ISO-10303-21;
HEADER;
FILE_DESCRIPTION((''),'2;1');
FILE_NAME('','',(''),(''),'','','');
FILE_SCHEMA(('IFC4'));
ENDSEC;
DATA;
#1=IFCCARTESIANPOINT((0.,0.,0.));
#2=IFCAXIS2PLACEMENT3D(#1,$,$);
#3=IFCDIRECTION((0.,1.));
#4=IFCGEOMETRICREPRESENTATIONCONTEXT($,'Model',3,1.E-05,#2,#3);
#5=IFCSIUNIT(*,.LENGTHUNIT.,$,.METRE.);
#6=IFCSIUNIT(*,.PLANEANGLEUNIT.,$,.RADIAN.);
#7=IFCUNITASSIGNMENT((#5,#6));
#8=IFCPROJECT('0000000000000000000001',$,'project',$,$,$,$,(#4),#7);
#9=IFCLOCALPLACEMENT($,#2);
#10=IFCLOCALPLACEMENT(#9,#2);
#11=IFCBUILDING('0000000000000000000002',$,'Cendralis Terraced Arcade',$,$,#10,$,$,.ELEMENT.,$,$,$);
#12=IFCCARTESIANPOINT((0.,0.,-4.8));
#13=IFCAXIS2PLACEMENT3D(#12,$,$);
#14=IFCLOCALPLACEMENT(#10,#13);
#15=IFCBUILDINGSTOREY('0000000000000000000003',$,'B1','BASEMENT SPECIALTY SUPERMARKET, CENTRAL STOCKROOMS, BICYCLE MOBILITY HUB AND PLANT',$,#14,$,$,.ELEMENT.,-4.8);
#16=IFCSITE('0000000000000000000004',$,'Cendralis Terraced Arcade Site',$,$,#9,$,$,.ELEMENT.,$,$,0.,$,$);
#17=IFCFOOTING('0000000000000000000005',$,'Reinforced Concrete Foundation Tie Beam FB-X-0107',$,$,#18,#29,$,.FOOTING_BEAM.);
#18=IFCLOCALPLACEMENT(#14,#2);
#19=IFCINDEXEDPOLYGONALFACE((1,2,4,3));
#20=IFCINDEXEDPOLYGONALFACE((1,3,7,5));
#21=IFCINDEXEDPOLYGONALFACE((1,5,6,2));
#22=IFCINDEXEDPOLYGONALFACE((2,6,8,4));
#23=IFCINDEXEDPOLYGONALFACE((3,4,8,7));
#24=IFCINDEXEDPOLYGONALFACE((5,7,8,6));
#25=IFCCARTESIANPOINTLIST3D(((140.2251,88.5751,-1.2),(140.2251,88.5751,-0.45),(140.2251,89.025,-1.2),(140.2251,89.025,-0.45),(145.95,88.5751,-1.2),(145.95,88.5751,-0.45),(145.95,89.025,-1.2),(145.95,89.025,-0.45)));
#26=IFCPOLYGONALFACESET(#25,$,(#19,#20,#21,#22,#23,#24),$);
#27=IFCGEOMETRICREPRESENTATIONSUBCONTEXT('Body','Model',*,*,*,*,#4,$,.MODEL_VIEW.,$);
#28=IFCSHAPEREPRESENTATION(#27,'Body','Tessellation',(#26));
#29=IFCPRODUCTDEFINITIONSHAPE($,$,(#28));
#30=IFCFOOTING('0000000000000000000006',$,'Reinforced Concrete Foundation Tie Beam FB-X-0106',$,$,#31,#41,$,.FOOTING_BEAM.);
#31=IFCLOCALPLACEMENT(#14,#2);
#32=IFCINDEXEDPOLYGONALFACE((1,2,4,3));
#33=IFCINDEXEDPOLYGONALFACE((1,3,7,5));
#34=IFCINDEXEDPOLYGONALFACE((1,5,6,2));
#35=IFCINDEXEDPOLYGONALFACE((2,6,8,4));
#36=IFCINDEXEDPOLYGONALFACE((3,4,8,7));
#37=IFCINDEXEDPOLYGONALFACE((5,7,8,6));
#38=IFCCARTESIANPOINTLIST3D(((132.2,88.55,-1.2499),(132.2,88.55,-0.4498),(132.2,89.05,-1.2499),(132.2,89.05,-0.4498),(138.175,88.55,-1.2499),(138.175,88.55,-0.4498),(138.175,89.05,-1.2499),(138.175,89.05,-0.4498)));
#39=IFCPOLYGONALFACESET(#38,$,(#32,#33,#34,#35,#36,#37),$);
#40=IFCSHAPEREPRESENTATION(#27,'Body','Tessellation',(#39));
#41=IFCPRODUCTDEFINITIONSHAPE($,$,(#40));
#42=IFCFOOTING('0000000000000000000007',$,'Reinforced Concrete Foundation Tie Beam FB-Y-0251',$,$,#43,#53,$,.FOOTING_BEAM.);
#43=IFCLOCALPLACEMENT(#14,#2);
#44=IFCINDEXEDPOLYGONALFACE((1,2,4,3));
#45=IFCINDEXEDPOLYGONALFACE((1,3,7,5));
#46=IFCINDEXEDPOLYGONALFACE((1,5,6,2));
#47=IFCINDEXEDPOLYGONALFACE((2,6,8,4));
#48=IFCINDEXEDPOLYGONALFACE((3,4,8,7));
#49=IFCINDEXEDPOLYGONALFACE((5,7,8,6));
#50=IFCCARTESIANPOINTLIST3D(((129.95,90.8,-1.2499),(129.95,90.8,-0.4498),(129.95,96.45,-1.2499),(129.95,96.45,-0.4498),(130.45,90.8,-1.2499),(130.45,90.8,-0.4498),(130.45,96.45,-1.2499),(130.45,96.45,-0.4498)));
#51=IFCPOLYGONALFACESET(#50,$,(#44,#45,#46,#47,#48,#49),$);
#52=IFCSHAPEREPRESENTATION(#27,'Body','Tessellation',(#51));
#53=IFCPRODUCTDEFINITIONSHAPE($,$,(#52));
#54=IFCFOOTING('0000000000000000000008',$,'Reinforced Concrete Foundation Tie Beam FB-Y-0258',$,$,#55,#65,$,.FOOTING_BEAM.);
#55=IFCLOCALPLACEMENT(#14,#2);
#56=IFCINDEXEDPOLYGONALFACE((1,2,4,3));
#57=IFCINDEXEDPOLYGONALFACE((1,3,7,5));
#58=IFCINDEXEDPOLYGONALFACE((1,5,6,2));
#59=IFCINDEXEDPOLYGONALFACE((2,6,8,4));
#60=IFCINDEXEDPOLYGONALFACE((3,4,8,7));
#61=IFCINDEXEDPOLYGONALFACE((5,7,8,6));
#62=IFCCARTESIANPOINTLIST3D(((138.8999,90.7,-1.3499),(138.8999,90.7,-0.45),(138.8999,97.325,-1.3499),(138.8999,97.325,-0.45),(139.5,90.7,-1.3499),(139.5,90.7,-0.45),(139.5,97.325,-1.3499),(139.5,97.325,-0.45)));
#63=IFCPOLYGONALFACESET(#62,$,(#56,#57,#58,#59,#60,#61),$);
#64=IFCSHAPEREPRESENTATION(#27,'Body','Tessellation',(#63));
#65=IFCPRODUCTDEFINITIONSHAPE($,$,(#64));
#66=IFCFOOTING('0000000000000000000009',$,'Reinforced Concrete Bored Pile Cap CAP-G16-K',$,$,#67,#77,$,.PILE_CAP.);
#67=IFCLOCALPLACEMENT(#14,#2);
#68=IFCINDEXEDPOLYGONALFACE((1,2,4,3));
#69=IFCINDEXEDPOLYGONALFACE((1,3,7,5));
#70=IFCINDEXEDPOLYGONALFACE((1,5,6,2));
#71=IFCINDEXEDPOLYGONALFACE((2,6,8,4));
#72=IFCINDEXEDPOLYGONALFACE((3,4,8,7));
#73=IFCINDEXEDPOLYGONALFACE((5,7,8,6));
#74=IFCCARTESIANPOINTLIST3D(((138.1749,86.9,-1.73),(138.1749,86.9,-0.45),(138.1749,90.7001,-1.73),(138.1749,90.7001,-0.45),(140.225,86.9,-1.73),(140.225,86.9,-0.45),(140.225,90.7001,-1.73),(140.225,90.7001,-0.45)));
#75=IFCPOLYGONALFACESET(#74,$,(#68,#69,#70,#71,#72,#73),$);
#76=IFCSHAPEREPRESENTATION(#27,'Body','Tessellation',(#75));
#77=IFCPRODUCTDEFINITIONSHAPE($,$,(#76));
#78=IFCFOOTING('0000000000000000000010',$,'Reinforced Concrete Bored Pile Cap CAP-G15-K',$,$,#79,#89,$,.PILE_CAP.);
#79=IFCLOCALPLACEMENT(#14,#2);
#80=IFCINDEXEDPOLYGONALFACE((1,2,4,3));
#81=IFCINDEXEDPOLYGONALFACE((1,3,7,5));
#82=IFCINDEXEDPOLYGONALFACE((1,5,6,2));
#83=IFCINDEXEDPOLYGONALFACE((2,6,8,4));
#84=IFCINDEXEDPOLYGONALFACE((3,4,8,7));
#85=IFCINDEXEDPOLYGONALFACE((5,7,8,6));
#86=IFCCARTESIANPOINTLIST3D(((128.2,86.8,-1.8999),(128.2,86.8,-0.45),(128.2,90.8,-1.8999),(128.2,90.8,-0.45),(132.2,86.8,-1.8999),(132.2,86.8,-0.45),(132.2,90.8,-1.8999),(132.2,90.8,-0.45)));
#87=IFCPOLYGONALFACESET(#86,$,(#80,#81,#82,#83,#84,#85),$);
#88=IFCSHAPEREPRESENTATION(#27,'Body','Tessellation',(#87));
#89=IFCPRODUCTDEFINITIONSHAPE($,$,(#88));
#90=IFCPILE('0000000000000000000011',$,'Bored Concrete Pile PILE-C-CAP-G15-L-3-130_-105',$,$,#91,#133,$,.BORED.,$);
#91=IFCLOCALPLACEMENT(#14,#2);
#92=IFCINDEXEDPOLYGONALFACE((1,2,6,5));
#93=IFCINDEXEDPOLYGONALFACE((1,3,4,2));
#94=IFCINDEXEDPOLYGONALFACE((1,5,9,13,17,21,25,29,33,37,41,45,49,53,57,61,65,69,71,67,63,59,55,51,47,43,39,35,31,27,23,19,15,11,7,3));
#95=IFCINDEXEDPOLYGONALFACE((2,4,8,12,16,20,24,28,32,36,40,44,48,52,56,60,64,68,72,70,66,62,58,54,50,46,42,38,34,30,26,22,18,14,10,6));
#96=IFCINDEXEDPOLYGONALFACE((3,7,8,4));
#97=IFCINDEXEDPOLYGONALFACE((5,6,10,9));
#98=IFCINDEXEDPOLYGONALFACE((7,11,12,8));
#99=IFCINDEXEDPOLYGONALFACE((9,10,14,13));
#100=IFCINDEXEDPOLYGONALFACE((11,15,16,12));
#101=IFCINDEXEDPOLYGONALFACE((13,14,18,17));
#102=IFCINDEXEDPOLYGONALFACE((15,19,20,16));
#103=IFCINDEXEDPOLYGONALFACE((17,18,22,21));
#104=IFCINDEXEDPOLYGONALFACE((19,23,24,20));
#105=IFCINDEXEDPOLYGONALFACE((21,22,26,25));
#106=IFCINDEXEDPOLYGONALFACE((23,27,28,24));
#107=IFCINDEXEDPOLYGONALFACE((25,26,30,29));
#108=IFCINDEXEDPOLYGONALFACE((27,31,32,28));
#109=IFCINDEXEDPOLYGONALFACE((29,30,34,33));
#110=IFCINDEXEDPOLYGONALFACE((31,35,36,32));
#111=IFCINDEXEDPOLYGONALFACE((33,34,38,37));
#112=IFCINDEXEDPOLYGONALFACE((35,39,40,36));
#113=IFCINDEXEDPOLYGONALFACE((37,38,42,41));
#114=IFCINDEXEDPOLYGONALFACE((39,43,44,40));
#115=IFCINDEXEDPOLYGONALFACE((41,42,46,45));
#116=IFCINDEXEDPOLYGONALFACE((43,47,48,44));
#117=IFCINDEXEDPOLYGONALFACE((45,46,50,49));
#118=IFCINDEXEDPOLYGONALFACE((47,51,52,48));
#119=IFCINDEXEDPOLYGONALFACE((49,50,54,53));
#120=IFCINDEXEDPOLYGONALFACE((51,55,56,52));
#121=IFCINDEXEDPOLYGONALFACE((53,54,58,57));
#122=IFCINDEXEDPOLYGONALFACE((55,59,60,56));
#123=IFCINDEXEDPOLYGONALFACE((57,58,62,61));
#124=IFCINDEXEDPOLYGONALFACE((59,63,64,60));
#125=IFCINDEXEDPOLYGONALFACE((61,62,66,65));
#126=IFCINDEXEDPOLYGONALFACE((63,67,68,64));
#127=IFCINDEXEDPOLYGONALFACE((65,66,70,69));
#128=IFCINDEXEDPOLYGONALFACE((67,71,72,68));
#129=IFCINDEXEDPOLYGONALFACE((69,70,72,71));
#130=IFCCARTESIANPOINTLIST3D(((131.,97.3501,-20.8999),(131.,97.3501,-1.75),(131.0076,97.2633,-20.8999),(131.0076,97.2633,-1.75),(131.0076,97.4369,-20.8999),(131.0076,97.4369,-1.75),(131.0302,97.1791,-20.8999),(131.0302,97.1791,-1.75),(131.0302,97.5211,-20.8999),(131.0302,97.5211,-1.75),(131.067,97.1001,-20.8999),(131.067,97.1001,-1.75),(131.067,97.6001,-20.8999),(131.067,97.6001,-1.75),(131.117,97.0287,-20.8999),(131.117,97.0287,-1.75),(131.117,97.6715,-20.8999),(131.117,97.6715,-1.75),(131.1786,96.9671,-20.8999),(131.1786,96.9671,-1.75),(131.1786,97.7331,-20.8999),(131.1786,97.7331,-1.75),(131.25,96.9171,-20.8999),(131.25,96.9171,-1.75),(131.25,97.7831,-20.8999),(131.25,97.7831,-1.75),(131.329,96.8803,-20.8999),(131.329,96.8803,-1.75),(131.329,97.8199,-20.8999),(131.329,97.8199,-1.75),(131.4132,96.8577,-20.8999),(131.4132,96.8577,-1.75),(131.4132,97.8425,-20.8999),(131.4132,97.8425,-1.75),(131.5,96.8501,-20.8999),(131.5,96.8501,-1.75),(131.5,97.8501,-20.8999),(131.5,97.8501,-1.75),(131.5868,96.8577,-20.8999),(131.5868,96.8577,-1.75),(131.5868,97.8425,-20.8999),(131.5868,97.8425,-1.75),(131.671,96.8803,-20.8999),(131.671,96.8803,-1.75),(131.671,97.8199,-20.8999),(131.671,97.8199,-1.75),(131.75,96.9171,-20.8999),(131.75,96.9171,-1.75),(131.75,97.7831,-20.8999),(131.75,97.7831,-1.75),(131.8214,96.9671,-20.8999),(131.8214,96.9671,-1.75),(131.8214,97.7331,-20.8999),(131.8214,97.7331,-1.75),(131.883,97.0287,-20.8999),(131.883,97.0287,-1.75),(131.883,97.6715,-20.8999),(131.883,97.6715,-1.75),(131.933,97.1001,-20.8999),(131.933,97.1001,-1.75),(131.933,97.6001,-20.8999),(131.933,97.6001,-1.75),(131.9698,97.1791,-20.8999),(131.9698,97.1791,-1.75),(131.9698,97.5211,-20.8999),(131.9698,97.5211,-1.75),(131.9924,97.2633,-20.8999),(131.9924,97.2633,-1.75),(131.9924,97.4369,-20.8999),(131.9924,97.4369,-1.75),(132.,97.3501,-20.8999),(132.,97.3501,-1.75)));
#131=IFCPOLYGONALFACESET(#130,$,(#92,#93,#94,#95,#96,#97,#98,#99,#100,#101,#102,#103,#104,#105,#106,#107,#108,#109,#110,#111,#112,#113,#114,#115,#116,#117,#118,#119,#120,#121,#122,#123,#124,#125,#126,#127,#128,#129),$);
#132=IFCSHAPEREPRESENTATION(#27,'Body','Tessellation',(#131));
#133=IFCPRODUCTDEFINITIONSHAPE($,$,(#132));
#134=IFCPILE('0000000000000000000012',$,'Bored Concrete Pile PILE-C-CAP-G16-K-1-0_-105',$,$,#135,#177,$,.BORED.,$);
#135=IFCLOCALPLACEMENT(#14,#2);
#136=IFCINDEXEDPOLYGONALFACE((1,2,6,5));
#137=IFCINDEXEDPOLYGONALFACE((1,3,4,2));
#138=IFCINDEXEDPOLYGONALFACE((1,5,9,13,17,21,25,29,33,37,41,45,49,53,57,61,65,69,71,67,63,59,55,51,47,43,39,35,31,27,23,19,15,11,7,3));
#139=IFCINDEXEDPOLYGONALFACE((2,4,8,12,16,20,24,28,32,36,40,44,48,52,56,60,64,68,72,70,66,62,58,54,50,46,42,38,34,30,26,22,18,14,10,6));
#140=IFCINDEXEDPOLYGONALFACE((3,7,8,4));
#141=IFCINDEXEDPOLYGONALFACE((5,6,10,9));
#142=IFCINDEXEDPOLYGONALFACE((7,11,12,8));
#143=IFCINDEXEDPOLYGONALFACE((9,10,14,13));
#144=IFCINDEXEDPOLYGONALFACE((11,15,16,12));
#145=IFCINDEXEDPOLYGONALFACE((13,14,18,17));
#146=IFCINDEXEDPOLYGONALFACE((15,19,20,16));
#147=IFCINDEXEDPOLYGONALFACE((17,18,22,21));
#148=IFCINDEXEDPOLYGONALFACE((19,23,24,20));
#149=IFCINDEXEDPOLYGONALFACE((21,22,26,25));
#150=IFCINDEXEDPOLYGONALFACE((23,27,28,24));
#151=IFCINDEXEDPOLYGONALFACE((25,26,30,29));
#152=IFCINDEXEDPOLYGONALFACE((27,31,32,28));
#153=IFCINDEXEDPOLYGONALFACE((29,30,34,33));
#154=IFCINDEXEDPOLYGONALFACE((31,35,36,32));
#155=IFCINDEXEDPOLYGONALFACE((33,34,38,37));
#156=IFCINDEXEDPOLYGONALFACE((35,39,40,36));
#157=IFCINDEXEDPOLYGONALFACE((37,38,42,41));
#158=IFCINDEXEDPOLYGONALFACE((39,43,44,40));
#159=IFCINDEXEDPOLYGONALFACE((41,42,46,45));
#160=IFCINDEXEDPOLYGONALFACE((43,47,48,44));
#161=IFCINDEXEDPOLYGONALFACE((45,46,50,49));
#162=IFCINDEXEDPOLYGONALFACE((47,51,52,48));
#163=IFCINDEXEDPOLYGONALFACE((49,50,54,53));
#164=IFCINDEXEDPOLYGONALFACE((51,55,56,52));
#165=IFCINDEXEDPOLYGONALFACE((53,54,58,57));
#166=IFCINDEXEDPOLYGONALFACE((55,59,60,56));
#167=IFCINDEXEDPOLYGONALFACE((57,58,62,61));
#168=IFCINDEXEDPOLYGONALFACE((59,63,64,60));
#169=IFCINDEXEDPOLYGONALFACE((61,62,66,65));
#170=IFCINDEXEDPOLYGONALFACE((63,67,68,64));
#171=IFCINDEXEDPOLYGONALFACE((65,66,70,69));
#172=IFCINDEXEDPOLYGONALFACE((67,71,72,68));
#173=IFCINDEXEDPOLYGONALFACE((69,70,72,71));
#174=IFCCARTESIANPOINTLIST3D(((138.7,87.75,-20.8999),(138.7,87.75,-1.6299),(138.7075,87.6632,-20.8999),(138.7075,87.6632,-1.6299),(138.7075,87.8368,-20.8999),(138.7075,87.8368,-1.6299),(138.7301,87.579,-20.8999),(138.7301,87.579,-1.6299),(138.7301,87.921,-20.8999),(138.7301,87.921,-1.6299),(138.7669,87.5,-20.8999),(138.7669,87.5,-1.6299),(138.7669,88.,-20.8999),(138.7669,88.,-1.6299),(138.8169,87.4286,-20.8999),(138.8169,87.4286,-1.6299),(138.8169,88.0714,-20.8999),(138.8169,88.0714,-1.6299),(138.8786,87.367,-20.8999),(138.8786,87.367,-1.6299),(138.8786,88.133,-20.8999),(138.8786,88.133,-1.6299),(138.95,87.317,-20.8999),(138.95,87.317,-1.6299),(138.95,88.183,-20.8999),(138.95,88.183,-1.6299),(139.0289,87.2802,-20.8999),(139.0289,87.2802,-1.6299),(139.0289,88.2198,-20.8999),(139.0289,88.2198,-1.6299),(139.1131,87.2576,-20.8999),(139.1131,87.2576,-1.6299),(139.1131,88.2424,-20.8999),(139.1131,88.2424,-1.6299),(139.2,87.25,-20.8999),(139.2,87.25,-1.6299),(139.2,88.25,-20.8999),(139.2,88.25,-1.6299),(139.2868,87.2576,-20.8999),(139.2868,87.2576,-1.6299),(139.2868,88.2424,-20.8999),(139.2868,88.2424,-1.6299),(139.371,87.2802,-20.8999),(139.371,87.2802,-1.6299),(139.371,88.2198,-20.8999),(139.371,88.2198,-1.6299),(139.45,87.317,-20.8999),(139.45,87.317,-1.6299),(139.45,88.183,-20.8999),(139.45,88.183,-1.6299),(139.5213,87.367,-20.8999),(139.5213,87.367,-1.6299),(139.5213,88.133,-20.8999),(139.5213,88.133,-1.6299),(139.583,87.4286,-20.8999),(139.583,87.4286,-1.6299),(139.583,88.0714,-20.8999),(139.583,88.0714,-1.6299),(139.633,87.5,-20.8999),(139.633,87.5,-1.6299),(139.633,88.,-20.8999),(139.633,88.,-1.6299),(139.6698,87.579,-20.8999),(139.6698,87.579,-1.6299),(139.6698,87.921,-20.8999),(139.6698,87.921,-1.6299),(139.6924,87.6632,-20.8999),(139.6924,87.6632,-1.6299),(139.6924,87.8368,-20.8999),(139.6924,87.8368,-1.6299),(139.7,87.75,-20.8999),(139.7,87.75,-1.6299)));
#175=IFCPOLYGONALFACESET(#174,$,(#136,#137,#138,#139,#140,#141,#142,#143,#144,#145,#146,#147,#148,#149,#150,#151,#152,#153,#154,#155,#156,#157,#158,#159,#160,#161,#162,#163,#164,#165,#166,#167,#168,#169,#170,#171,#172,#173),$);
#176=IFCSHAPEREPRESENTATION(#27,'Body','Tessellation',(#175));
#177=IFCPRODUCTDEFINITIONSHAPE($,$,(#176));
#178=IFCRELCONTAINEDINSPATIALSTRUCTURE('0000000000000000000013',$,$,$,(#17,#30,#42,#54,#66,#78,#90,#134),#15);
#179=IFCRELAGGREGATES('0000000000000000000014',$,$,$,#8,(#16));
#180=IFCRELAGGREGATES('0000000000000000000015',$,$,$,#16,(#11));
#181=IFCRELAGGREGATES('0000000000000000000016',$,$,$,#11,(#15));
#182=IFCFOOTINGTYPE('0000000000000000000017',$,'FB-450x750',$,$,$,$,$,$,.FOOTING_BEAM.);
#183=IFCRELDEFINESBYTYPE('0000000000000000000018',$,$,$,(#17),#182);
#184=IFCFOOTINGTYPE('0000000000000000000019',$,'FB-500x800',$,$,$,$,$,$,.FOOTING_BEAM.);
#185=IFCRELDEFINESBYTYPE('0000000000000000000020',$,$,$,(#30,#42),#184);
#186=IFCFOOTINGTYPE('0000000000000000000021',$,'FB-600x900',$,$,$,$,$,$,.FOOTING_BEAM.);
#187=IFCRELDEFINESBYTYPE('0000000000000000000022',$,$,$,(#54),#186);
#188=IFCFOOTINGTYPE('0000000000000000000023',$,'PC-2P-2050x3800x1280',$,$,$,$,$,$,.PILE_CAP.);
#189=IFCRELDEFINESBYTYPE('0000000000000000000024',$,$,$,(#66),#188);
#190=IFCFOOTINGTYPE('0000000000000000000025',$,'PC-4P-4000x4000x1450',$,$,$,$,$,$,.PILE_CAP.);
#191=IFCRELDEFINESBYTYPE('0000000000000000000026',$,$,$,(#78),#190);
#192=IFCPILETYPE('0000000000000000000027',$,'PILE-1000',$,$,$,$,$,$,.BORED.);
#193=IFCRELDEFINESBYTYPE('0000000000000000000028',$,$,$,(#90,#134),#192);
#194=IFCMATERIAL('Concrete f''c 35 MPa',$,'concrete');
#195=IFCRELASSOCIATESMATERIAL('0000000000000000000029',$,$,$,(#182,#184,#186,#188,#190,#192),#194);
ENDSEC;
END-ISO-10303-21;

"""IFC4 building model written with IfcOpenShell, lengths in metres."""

from ifc_helpers import new_model, si_unit, direction, frame, origin, origin_2d, place, context, subcontext, project, spatial, rectangle, circle, extrude, material, material_profile, profile_set, type_object, element, save


model = new_model("IFC4")

# Units and contexts
model_context = context("Model", 3, precision=1e-05, world=origin(), true_north=direction((0.0, 1.0)))
body_context = subcontext(model_context, "Body", "Model", "MODEL_VIEW")
ifc_project = project(units=[si_unit("LENGTHUNIT", "METRE"), si_unit("PLANEANGLEUNIT", "RADIAN")], contexts=[model_context])

# Site, building, storey
site_placement = place(None, origin())
site = spatial("IfcSite", under=ifc_project, at=site_placement, Name="Cendralis Terraced Arcade Site", CompositionType="ELEMENT", RefElevation=0.0)
building_placement = place(site_placement, origin())
building = spatial("IfcBuilding", under=site, at=building_placement, Name="Cendralis Terraced Arcade", CompositionType="ELEMENT")
storey_placement = place(building_placement, frame((0.0, 0.0, -4.8)))
storey = spatial("IfcBuildingStorey", under=building, at=storey_placement, Name="B1", Description="BASEMENT SPECIALTY SUPERMARKET, CENTRAL STOCKROOMS, BICYCLE MOBILITY HUB AND PLANT", CompositionType="ELEMENT", Elevation=-4.8)

# Footings
ifc_material_1 = material(Name="Concrete f'c 35 MPa", Category="concrete")
ifc_material_profile_1 = material_profile(ifc_material_1, rectangle(XDim=0.45, YDim=0.75, at=origin_2d()), Name="FB-450x750", Category="LoadBearing")
ifc_profile_set_1 = profile_set([ifc_material_profile_1], Name="Concrete f'c 35 MPa")
footing_type_1 = type_object("IfcFootingType", Name="FB-450x750", PredefinedType="FOOTING_BEAM", material=ifc_profile_set_1)
footing_1_placement = place(storey_placement, frame((140.2251, 88.8, -0.825), z_axis=(1.0, 0.0, 0.0), x_axis=(0.0, 1.0, 0.0)))
element("IfcFooting", 1, at=footing_1_placement, inside=storey, type_object=footing_type_1, Name="Reinforced Concrete Foundation Tie Beam FB-X-0107", PredefinedType="FOOTING_BEAM", context=body_context, shape_type="SweptSolid", body=[
    extrude(rectangle(XDim=0.45, YDim=0.75, at=origin_2d()), origin(), (0.0, 0.0, 1.0), 5.7249),
])
ifc_material_profile_2 = material_profile(ifc_material_1, rectangle(XDim=0.5, YDim=0.8, at=origin_2d()), Name="FB-500x800", Category="LoadBearing")
ifc_profile_set_2 = profile_set([ifc_material_profile_2], Name="Concrete f'c 35 MPa")
footing_type_2 = type_object("IfcFootingType", Name="FB-500x800", PredefinedType="FOOTING_BEAM", material=ifc_profile_set_2)
footing_2_placement = place(storey_placement, frame((132.2, 88.8, -0.8499), z_axis=(1.0, 0.0, 0.0), x_axis=(0.0, 1.0, 0.0)))
element("IfcFooting", 2, at=footing_2_placement, inside=storey, type_object=footing_type_2, Name="Reinforced Concrete Foundation Tie Beam FB-X-0106", PredefinedType="FOOTING_BEAM", context=body_context, shape_type="SweptSolid", body=[
    extrude(rectangle(XDim=0.5, YDim=0.8, at=origin_2d()), origin(), (0.0, 0.0, 1.0), 5.9751),
])
footing_3_placement = place(storey_placement, frame((130.2, 90.8, -0.8499), z_axis=(0.0, 1.0, 0.0), x_axis=(-1.0, 0.0, 0.0)))
element("IfcFooting", 3, at=footing_3_placement, inside=storey, type_object=footing_type_2, Name="Reinforced Concrete Foundation Tie Beam FB-Y-0251", PredefinedType="FOOTING_BEAM", context=body_context, shape_type="SweptSolid", body=[
    extrude(rectangle(XDim=0.5, YDim=0.8, at=origin_2d()), origin(), (0.0, 0.0, 1.0), 5.6499),
])
ifc_material_profile_3 = material_profile(ifc_material_1, rectangle(XDim=0.6001, YDim=0.8999, at=origin_2d()), Name="FB-600x900", Category="LoadBearing")
ifc_profile_set_3 = profile_set([ifc_material_profile_3], Name="Concrete f'c 35 MPa")
footing_type_3 = type_object("IfcFootingType", Name="FB-600x900", PredefinedType="FOOTING_BEAM", material=ifc_profile_set_3)
footing_4_placement = place(storey_placement, frame((139.2, 90.7, -0.8999), z_axis=(0.0, 1.0, 0.0), x_axis=(-1.0, 0.0, 0.0)))
element("IfcFooting", 4, at=footing_4_placement, inside=storey, type_object=footing_type_3, Name="Reinforced Concrete Foundation Tie Beam FB-Y-0258", PredefinedType="FOOTING_BEAM", context=body_context, shape_type="SweptSolid", body=[
    extrude(rectangle(XDim=0.6001, YDim=0.8999, at=origin_2d()), origin(), (0.0, 0.0, 1.0), 6.625),
])
footing_type_4 = type_object("IfcFootingType", Name="PC-2P-2050x3800x1280", PredefinedType="PILE_CAP", material=ifc_material_1)
footing_5_placement = place(storey_placement, frame((139.2, 88.8, -1.73), z_axis=(0.0, 0.0, 1.0), x_axis=(1.0, 0.0, 0.0)))
element("IfcFooting", 5, at=footing_5_placement, inside=storey, type_object=footing_type_4, Name="Reinforced Concrete Bored Pile Cap CAP-G16-K", PredefinedType="PILE_CAP", context=body_context, shape_type="SweptSolid", body=[
    extrude(rectangle(XDim=2.05, YDim=3.8, at=origin_2d()), origin(), (0.0, 0.0, 1.0), 1.28),
])
footing_type_5 = type_object("IfcFootingType", Name="PC-4P-4000x4000x1450", PredefinedType="PILE_CAP", material=ifc_material_1)
footing_6_placement = place(storey_placement, frame((130.2, 88.8, -1.8999), z_axis=(0.0, 0.0, 1.0), x_axis=(1.0, 0.0, 0.0)))
element("IfcFooting", 6, at=footing_6_placement, inside=storey, type_object=footing_type_5, Name="Reinforced Concrete Bored Pile Cap CAP-G15-K", PredefinedType="PILE_CAP", context=body_context, shape_type="SweptSolid", body=[
    extrude(rectangle(XDim=4.0, YDim=4.0, at=origin_2d()), origin(), (0.0, 0.0, 1.0), 1.45),
])

# Piles
ifc_material_profile_4 = material_profile(ifc_material_1, circle(Radius=0.5, at=origin_2d()), Name="PILE-D1000", Category="LoadBearing")
ifc_profile_set_4 = profile_set([ifc_material_profile_4], Name="Concrete f'c 35 MPa")
pile_type_1 = type_object("IfcPileType", Name="PILE-1000", PredefinedType="BORED", material=ifc_profile_set_4)
pile_placement = place(storey_placement, frame((131.5, 97.3501, -1.75), z_axis=(0.0, 0.0, -1.0), x_axis=(1.0, 0.0, 0.0)))
element("IfcPile", 7, at=pile_placement, inside=storey, type_object=pile_type_1, Name="Bored Concrete Pile PILE-C-CAP-G15-L-3-130_-105", PredefinedType="BORED", context=body_context, shape_type="SweptSolid", body=[
    extrude(circle(Radius=0.5, at=origin_2d()), origin(), (0.0, 0.0, 1.0), 19.1499),
])
for number, where, z_axis, x_axis, name in (
    (8, (139.2, 87.75, -1.6299), (0.0, 0.0, -1.0), (1.0, 0.0, 0.0), "Bored Concrete Pile PILE-C-CAP-G16-K-1-0_-105"),
):
    element("IfcPile", number, at=place(storey_placement, frame(where, z_axis=z_axis, x_axis=x_axis)), inside=storey, type_object=pile_type_1, Name=name, PredefinedType="BORED", context=body_context, shape_type="SweptSolid", body=[
        extrude(circle(Radius=0.5, at=origin_2d()), origin(), (0.0, 0.0, 1.0), 19.27),
    ])

save(model, "model.ifc")
